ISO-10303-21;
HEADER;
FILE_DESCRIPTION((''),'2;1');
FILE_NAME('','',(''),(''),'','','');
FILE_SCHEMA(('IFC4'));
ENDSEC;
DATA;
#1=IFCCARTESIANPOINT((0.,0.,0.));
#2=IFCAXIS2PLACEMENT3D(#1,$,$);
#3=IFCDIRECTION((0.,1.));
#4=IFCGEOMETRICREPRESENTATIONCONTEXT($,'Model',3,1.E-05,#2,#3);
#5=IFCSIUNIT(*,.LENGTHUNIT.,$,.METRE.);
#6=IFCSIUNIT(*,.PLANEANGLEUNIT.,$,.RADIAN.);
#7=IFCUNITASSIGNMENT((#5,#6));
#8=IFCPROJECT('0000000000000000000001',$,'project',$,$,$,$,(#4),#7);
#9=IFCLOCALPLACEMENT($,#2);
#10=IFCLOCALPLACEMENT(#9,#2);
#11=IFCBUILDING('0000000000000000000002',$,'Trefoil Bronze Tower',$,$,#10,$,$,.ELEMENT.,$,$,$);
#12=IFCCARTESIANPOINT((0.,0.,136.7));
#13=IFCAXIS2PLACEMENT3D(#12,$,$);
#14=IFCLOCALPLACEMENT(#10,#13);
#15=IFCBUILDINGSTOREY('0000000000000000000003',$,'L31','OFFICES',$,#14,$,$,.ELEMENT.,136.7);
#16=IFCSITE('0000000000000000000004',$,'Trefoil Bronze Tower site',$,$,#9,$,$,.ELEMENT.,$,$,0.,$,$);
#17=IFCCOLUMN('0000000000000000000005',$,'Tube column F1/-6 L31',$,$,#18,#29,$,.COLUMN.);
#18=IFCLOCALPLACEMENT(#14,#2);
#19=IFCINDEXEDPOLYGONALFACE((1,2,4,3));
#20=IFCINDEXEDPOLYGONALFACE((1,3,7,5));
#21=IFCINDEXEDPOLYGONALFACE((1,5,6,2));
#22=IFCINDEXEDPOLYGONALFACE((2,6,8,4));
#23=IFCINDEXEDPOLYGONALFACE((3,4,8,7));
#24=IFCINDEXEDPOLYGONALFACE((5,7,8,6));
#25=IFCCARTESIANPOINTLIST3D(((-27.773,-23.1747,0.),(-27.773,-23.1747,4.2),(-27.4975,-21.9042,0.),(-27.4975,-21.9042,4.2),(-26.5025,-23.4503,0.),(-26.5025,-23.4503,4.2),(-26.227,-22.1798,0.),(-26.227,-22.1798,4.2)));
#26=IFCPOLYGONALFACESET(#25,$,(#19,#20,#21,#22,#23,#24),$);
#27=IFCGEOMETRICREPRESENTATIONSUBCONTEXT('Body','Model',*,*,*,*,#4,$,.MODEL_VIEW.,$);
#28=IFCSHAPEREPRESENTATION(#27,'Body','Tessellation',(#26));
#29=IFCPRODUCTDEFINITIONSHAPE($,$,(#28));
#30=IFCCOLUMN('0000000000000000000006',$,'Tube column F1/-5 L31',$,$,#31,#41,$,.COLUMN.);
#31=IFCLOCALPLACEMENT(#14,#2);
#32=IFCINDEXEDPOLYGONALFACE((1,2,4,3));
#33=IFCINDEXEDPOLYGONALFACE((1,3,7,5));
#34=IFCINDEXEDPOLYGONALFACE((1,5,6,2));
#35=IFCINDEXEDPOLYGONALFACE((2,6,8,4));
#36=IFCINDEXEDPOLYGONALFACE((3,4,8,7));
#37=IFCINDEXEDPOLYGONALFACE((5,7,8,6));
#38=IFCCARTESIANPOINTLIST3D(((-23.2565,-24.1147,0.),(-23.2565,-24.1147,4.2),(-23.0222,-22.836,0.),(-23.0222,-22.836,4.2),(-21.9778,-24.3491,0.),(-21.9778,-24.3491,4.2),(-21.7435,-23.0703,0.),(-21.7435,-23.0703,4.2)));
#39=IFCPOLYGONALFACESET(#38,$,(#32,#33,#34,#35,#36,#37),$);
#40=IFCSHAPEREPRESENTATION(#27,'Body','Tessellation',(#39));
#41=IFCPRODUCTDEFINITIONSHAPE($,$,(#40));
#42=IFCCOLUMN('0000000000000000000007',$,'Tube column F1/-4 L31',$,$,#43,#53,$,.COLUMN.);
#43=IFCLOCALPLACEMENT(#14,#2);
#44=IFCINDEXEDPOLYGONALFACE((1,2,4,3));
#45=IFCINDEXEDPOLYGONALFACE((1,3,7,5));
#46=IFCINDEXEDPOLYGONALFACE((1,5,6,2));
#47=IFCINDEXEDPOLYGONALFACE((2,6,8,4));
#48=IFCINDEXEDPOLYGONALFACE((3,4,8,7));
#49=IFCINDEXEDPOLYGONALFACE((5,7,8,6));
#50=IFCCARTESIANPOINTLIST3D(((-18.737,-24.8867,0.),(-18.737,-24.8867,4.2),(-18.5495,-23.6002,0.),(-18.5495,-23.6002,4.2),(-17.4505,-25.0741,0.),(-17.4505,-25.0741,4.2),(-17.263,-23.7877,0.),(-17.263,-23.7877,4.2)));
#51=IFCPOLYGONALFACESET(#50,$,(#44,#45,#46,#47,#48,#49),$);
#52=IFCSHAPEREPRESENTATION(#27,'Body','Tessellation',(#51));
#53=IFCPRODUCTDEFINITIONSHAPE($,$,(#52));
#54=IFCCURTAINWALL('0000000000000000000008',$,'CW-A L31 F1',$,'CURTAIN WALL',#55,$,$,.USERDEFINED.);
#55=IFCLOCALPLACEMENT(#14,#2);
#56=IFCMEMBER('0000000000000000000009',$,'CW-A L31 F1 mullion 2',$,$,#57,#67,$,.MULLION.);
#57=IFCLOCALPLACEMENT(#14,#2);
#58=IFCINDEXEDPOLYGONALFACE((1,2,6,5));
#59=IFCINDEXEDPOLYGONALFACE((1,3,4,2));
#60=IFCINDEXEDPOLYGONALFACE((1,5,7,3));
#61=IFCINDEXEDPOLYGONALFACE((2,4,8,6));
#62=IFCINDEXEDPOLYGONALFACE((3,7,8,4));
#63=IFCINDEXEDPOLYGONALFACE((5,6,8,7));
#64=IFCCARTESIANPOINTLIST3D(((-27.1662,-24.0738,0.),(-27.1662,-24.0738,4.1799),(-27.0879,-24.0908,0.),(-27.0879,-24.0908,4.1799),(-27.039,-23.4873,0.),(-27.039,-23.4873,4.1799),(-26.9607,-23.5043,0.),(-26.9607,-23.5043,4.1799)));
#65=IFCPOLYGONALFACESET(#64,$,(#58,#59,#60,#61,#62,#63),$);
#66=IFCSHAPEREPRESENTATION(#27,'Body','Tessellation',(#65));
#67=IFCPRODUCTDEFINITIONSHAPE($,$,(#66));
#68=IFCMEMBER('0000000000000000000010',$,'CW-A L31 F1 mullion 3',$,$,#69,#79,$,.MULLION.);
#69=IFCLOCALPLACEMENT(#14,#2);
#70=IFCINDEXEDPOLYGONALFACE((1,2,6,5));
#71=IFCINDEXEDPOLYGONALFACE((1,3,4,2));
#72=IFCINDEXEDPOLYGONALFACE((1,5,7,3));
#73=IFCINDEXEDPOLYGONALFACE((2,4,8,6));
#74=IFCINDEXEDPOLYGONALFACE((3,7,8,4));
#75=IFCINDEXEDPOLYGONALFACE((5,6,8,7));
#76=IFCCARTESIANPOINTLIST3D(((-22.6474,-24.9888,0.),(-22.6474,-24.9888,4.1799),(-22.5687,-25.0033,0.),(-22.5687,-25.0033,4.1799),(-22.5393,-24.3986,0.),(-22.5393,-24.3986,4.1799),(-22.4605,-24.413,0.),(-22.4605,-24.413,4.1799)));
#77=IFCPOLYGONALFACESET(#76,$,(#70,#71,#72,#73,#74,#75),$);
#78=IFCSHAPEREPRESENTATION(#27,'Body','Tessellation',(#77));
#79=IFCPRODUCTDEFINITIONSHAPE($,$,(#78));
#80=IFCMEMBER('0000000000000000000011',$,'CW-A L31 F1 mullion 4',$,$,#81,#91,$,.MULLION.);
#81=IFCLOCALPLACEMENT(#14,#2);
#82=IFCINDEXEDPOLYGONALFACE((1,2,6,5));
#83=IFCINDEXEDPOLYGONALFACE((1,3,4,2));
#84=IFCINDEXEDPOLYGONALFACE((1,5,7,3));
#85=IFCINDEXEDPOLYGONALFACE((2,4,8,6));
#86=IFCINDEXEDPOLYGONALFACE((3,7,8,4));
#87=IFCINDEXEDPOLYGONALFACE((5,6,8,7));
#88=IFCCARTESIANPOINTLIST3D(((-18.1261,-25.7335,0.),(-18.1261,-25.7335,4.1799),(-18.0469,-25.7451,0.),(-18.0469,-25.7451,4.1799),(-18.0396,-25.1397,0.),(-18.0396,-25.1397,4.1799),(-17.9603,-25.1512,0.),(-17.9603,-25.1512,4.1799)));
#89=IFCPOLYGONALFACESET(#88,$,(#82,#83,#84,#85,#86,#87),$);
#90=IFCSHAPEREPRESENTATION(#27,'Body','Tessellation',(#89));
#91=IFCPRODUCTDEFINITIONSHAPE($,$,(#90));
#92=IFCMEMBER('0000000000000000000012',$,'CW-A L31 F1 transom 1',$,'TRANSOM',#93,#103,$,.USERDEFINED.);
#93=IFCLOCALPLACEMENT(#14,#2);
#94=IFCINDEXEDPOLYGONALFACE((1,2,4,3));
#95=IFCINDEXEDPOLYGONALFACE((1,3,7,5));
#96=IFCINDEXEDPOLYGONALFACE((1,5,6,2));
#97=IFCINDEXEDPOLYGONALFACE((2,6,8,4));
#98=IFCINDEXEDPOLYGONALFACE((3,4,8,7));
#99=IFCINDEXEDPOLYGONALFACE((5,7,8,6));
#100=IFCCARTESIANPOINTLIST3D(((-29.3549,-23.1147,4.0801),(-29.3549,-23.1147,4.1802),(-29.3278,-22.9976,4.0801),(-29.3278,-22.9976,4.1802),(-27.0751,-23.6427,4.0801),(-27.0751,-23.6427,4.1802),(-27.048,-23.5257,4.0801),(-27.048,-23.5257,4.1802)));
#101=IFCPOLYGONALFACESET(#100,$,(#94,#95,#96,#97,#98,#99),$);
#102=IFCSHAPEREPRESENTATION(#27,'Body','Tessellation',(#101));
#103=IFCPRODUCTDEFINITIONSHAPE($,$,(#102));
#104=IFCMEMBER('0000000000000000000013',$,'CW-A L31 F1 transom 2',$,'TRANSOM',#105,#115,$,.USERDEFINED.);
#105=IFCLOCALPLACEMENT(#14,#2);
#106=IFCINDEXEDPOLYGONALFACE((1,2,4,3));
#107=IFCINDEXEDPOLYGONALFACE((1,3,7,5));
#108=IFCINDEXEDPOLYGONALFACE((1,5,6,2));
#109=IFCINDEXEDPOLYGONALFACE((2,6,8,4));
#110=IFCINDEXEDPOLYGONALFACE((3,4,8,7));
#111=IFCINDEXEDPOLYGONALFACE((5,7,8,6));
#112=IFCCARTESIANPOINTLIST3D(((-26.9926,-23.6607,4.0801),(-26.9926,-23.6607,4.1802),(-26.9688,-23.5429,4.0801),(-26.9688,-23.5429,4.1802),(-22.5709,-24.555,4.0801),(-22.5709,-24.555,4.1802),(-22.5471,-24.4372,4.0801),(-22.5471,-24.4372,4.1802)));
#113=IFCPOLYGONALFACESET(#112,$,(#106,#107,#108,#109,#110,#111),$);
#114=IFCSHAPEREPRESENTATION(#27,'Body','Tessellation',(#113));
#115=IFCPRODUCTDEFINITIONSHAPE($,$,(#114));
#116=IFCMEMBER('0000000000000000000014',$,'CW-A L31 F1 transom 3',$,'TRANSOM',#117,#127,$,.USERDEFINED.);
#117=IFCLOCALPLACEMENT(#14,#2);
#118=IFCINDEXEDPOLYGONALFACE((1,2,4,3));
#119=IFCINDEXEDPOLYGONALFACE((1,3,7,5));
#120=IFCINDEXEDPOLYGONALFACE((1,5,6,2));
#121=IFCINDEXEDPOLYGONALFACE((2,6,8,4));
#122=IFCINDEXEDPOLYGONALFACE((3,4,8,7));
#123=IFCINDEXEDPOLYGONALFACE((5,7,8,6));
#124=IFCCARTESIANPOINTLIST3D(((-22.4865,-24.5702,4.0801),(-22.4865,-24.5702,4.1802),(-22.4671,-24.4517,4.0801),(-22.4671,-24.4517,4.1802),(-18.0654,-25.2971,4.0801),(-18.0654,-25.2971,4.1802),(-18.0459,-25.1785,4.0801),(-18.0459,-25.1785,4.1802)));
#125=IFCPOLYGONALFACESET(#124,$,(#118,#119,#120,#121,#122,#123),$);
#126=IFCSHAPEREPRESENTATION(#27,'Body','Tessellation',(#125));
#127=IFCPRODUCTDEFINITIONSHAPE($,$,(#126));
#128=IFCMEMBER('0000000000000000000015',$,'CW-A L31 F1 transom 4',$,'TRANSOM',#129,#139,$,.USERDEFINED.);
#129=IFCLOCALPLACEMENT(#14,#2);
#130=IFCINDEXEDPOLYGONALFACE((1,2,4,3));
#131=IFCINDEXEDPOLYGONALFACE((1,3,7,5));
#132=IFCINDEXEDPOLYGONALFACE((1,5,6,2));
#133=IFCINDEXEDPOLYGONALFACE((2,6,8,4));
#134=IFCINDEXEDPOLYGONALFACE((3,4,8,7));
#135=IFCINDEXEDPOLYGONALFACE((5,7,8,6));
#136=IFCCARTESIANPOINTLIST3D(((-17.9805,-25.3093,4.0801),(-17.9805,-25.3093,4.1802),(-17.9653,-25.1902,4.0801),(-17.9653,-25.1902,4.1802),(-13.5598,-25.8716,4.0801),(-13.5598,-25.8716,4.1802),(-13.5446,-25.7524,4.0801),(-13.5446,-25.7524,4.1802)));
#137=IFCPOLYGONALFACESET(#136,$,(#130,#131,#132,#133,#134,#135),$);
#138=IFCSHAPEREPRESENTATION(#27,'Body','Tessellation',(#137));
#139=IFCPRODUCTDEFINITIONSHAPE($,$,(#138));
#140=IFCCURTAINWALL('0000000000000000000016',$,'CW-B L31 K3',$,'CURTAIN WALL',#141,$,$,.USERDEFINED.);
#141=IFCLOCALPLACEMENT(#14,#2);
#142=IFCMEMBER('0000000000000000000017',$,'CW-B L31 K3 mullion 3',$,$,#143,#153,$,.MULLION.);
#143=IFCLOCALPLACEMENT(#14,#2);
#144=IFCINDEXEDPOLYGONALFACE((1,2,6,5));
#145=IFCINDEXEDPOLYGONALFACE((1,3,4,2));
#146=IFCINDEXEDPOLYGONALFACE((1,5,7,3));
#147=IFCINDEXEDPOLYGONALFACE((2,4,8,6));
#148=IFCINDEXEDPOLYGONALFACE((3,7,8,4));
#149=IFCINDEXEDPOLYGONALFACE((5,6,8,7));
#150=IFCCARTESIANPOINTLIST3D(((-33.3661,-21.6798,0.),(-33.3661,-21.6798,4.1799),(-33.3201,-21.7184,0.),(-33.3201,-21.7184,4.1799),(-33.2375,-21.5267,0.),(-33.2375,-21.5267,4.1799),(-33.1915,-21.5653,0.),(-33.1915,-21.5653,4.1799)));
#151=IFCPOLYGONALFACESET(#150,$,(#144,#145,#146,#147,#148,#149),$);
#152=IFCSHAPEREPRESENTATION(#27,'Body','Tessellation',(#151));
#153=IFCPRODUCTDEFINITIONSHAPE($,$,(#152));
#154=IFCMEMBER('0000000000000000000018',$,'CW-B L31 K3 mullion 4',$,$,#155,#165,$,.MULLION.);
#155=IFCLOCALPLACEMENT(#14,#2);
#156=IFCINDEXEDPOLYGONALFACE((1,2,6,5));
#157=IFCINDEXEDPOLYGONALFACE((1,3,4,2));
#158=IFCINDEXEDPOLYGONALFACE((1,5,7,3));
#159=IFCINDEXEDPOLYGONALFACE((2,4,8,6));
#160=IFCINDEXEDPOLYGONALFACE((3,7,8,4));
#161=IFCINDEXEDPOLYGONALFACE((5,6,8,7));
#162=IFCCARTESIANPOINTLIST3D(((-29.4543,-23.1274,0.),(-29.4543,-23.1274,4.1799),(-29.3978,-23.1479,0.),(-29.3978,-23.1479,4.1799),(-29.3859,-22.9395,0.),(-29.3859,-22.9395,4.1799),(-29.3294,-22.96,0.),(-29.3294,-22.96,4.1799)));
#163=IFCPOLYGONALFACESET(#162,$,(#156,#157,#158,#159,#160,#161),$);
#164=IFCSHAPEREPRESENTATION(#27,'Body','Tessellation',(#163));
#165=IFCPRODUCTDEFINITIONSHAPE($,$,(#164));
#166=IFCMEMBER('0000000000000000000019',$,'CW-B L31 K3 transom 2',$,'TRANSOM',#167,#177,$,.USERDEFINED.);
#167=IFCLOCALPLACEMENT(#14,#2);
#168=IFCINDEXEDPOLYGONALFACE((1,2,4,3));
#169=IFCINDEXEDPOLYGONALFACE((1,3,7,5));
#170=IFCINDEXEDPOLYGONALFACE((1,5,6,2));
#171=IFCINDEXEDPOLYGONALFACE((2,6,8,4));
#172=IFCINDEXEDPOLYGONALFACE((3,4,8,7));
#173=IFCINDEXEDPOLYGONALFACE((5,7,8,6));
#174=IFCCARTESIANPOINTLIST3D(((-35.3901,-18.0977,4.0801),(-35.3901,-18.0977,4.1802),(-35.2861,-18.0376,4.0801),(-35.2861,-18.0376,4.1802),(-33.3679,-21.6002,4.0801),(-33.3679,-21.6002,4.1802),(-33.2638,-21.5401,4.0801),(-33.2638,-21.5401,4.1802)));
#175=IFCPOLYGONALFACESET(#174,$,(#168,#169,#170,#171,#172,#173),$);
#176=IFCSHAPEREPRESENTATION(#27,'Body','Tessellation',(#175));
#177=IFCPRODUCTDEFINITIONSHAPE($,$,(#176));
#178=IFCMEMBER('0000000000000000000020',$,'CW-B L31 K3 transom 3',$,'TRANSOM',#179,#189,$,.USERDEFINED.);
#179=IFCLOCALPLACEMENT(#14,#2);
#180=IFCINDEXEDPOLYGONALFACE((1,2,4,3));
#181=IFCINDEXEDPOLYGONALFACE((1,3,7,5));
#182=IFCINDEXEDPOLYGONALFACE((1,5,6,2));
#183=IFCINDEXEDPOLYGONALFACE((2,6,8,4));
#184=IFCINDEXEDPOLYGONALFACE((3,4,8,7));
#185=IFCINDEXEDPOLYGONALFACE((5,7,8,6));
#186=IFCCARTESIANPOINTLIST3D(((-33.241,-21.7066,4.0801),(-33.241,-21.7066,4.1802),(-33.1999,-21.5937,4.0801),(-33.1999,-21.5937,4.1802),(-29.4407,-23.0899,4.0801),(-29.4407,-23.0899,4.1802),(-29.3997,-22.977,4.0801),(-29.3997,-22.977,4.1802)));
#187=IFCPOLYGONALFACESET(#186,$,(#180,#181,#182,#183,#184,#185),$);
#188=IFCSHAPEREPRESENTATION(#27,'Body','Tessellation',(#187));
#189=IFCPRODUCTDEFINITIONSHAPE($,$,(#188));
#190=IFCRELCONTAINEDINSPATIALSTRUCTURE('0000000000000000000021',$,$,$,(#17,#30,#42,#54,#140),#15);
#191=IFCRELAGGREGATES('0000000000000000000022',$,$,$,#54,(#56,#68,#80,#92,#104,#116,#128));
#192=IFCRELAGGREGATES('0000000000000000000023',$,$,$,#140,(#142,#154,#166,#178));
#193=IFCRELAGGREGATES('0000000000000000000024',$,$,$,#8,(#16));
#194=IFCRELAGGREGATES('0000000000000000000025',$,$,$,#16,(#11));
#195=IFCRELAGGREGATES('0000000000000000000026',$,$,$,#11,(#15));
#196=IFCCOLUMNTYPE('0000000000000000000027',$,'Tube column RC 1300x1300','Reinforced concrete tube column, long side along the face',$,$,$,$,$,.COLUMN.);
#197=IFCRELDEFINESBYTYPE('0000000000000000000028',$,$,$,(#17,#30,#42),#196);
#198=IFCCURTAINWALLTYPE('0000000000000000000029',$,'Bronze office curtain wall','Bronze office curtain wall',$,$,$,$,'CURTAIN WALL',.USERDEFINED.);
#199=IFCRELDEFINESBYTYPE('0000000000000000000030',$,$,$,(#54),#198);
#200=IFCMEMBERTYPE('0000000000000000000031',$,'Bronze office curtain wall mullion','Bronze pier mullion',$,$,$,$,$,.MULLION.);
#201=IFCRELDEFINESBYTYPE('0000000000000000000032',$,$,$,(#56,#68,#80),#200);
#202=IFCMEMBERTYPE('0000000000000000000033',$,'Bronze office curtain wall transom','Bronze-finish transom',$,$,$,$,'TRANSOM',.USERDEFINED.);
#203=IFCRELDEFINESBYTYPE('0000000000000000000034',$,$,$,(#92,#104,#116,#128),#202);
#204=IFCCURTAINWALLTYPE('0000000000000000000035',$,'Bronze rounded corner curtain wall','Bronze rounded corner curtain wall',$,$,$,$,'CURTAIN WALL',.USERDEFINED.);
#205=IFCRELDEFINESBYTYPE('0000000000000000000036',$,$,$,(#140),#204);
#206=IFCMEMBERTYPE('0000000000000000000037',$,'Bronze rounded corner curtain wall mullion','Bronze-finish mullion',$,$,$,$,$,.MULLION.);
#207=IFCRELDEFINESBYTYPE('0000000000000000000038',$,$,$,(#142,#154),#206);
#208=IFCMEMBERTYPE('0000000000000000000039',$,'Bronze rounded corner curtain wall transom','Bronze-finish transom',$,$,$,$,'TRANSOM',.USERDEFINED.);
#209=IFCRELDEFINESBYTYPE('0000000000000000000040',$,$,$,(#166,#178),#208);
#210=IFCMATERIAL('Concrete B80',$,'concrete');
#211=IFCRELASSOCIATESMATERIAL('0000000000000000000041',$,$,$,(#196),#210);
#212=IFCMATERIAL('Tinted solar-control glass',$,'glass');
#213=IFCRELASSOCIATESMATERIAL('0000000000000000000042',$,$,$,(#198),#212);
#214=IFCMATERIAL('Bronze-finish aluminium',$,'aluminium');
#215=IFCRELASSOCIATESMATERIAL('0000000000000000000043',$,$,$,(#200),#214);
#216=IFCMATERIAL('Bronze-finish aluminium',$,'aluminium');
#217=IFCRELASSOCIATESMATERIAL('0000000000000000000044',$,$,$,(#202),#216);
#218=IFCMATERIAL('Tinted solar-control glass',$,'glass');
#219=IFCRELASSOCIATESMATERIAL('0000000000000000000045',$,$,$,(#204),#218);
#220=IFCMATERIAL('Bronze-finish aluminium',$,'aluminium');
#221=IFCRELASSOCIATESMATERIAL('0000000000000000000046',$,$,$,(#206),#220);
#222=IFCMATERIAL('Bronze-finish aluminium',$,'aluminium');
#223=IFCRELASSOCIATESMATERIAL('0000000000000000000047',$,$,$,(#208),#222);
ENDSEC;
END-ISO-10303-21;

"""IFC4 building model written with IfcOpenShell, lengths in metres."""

from ifc_helpers import new_model, si_unit, direction, frame, origin, origin_2d, place, context, subcontext, project, spatial, rectangle, extrude, material, material_profile, profile_set, type_object, element, aggregate, save


model = new_model("IFC4")

# Units and contexts
model_context = context("Model", 3, precision=1e-05, world=origin(), true_north=direction((0.0, 1.0)))
body_context = subcontext(model_context, "Body", "Model", "MODEL_VIEW")
ifc_project = project(units=[si_unit("LENGTHUNIT", "METRE"), si_unit("PLANEANGLEUNIT", "RADIAN")], contexts=[model_context])

# Site, building, storey
site_placement = place(None, origin())
site = spatial("IfcSite", under=ifc_project, at=site_placement, Name="Trefoil Bronze Tower site", CompositionType="ELEMENT", RefElevation=0.0)
building_placement = place(site_placement, origin())
building = spatial("IfcBuilding", under=site, at=building_placement, Name="Trefoil Bronze Tower", CompositionType="ELEMENT")
storey_placement = place(building_placement, frame((0.0, 0.0, 136.7)))
storey = spatial("IfcBuildingStorey", under=building, at=storey_placement, Name="L31", Description="OFFICES", CompositionType="ELEMENT", Elevation=136.7)

# Columns
ifc_material_1 = material(Name="Concrete B80", Category="concrete")
ifc_material_profile_1 = material_profile(ifc_material_1, rectangle(XDim=1.3, YDim=1.3, at=origin_2d()), Name="RC 1300x1300")
ifc_profile_set_1 = profile_set([ifc_material_profile_1], Name="Concrete B80")
column_type = type_object("IfcColumnType", Name="Tube column RC 1300x1300", Description="Reinforced concrete tube column, long side along the face", PredefinedType="COLUMN", material=ifc_profile_set_1)
for number, where, z_axis, x_axis, name in (
    (1, (-27.0, -22.6772, 0.0), (0.0, 0.0, 1.0), (0.977276, -0.21197, 0.0), "Tube column F1/-6 L31"),
    (2, (-22.5, -23.5925, 0.0), (0.0, 0.0, 1.0), (0.983623, -0.180241, 0.0), "Tube column F1/-5 L31"),
    (3, (-18.0, -24.3372, 0.0), (0.0, 0.0, 1.0), (0.98955, -0.144192, 0.0), "Tube column F1/-4 L31"),
):
    element("IfcColumn", number, at=place(storey_placement, frame(where, z_axis=z_axis, x_axis=x_axis)), inside=storey, type_object=column_type, Name=name, PredefinedType="COLUMN", context=body_context, shape_type="SweptSolid", body=[
        extrude(rectangle(XDim=1.3, YDim=1.3, at=origin_2d()), origin(), (0.0, 0.0, 1.0), 4.2),
    ])

# Curtain walls, members
ifc_material_2 = material(Name="Tinted solar-control glass", Category="glass")
curtain_wall_type_1 = type_object("IfcCurtainWallType", Name="Bronze office curtain wall", Description="Bronze office curtain wall", ElementType="CURTAIN WALL", PredefinedType="USERDEFINED", material=ifc_material_2)
curtain_wall_1_placement = place(storey_placement, origin())
curtain_wall_1 = element("IfcCurtainWall", 4, at=curtain_wall_1_placement, inside=storey, type_object=curtain_wall_type_1, Name="CW-A L31 F1", ObjectType="CURTAIN WALL", PredefinedType="USERDEFINED")
ifc_material_3 = material(Name="Bronze-finish aluminium", Category="aluminium")
ifc_material_profile_2 = material_profile(ifc_material_3, rectangle(XDim=0.6001, YDim=0.0801, at=origin_2d()), Name="CW-A mullion")
ifc_profile_set_2 = profile_set([ifc_material_profile_2], Name="Bronze-finish aluminium")
member_type_1 = type_object("IfcMemberType", Name="Bronze office curtain wall mullion", Description="Bronze pier mullion", PredefinedType="MULLION", material=ifc_profile_set_2)
member_1_placement = place(storey_placement, frame((-27.0635, -23.7891, 0.0), z_axis=(0.0, 0.0, 1.0), x_axis=(0.21197, 0.977276, 0.0)))
member_1 = element("IfcMember", 5, at=member_1_placement, type_object=member_type_1, Name="CW-A L31 F1 mullion 2", PredefinedType="MULLION", context=body_context, shape_type="SweptSolid", body=[
    extrude(rectangle(XDim=0.6001, YDim=0.0801, at=origin_2d()), origin(), (0.0, 0.0, 1.0), 4.1799),
])
member_2_placement = place(storey_placement, frame((-22.554, -24.7009, 0.0), z_axis=(0.0, 0.0, 1.0), x_axis=(0.180241, 0.983623, 0.0)))
member_2 = element("IfcMember", 6, at=member_2_placement, type_object=member_type_1, Name="CW-A L31 F1 mullion 3", PredefinedType="MULLION", context=body_context, shape_type="SweptSolid", body=[
    extrude(rectangle(XDim=0.6001, YDim=0.0801, at=origin_2d()), origin(), (0.0, 0.0, 1.0), 4.1799),
])
member_3_placement = place(storey_placement, frame((-18.0432, -25.4424, 0.0), z_axis=(0.0, 0.0, 1.0), x_axis=(0.144192, 0.98955, 0.0)))
member_3 = element("IfcMember", 7, at=member_3_placement, type_object=member_type_1, Name="CW-A L31 F1 mullion 4", PredefinedType="MULLION", context=body_context, shape_type="SweptSolid", body=[
    extrude(rectangle(XDim=0.6001, YDim=0.0801, at=origin_2d()), origin(), (0.0, 0.0, 1.0), 4.1799),
])
ifc_material_4 = material(Name="Bronze-finish aluminium", Category="aluminium")
ifc_material_profile_3 = material_profile(ifc_material_4, rectangle(XDim=0.1201, YDim=0.1001, at=origin_2d()), Name="CW-A transom")
ifc_profile_set_3 = profile_set([ifc_material_profile_3], Name="Bronze-finish aluminium")
member_type_2 = type_object("IfcMemberType", Name="Bronze office curtain wall transom", Description="Bronze-finish transom", ElementType="TRANSOM", PredefinedType="USERDEFINED", material=ifc_profile_set_3)
member_4_placement = place(storey_placement, frame((-29.3413, -23.0562, 4.1301), z_axis=(0.974206, -0.225659, 0.0), x_axis=(0.225659, 0.974206, 0.0)))
member_4 = element("IfcMember", 8, at=member_4_placement, type_object=member_type_2, Name="CW-A L31 F1 transom 1", ObjectType="TRANSOM", PredefinedType="USERDEFINED", context=body_context, shape_type="SweptSolid", body=[
    extrude(rectangle(XDim=0.1201, YDim=0.1001, at=origin_2d()), origin(), (0.0, 0.0, 1.0), 2.3401),
])
member_5_placement = place(storey_placement, frame((-26.9807, -23.6018, 4.1301), z_axis=(0.980154, -0.198239, 0.0), x_axis=(0.198239, 0.980154, 0.0)))
member_5 = element("IfcMember", 9, at=member_5_placement, type_object=member_type_2, Name="CW-A L31 F1 transom 2", ObjectType="TRANSOM", PredefinedType="USERDEFINED", context=body_context, shape_type="SweptSolid", body=[
    extrude(rectangle(XDim=0.1201, YDim=0.1001, at=origin_2d()), origin(), (0.0, 0.0, 1.0), 4.5112),
])
member_6_placement = place(storey_placement, frame((-22.4768, -24.511, 4.1301), z_axis=(0.986755, -0.162216, 0.0), x_axis=(0.162216, 0.986755, 0.0)))
member_6 = element("IfcMember", 10, at=member_6_placement, type_object=member_type_2, Name="CW-A L31 F1 transom 3", ObjectType="TRANSOM", PredefinedType="USERDEFINED", context=body_context, shape_type="SweptSolid", body=[
    extrude(rectangle(XDim=0.1201, YDim=0.1001, at=origin_2d()), origin(), (0.0, 0.0, 1.0), 4.4805),
])
member_7_placement = place(storey_placement, frame((-17.9729, -25.2498, 4.1301), z_axis=(0.992008, -0.126172, 0.0), x_axis=(0.126172, 0.992008, 0.0)))
member_7 = element("IfcMember", 11, at=member_7_placement, type_object=member_type_2, Name="CW-A L31 F1 transom 4", ObjectType="TRANSOM", PredefinedType="USERDEFINED", context=body_context, shape_type="SweptSolid", body=[
    extrude(rectangle(XDim=0.1201, YDim=0.1001, at=origin_2d()), origin(), (0.0, 0.0, 1.0), 4.4563),
])
ifc_material_5 = material(Name="Tinted solar-control glass", Category="glass")
curtain_wall_type_2 = type_object("IfcCurtainWallType", Name="Bronze rounded corner curtain wall", Description="Bronze rounded corner curtain wall", ElementType="CURTAIN WALL", PredefinedType="USERDEFINED", material=ifc_material_5)
curtain_wall_2_placement = place(storey_placement, origin())
curtain_wall_2 = element("IfcCurtainWall", 12, at=curtain_wall_2_placement, inside=storey, type_object=curtain_wall_type_2, Name="CW-B L31 K3", ObjectType="CURTAIN WALL", PredefinedType="USERDEFINED")
ifc_material_6 = material(Name="Bronze-finish aluminium", Category="aluminium")
ifc_material_profile_4 = material_profile(ifc_material_6, rectangle(XDim=0.2, YDim=0.0601, at=origin_2d()), Name="CW-B mullion")
ifc_profile_set_4 = profile_set([ifc_material_profile_4], Name="Bronze-finish aluminium")
member_type_3 = type_object("IfcMemberType", Name="Bronze rounded corner curtain wall mullion", Description="Bronze-finish mullion", PredefinedType="MULLION", material=ifc_profile_set_4)
member_8_placement = place(storey_placement, frame((-33.2788, -21.6226, 0.0), z_axis=(0.0, 0.0, 1.0), x_axis=(0.642788, 0.766044, 0.0)))
member_8 = element("IfcMember", 13, at=member_8_placement, type_object=member_type_3, Name="CW-B L31 K3 mullion 3", PredefinedType="MULLION", context=body_context, shape_type="SweptSolid", body=[
    extrude(rectangle(XDim=0.2, YDim=0.0601, at=origin_2d()), origin(), (0.0, 0.0, 1.0), 4.1799),
])
member_9_placement = place(storey_placement, frame((-29.3918, -23.0437, 0.0), z_axis=(0.0, 0.0, 1.0), x_axis=(0.34202, 0.939693, 0.0)))
member_9 = element("IfcMember", 14, at=member_9_placement, type_object=member_type_3, Name="CW-B L31 K3 mullion 4", PredefinedType="MULLION", context=body_context, shape_type="SweptSolid", body=[
    extrude(rectangle(XDim=0.2, YDim=0.0601, at=origin_2d()), origin(), (0.0, 0.0, 1.0), 4.1799),
])
ifc_material_7 = material(Name="Bronze-finish aluminium", Category="aluminium")
ifc_material_profile_5 = material_profile(ifc_material_7, rectangle(XDim=0.1201, YDim=0.1001, at=origin_2d()), Name="CW-B transom")
ifc_profile_set_5 = profile_set([ifc_material_profile_5], Name="Bronze-finish aluminium")
member_type_4 = type_object("IfcMemberType", Name="Bronze rounded corner curtain wall transom", Description="Bronze-finish transom", ElementType="TRANSOM", PredefinedType="USERDEFINED", material=ifc_profile_set_5)
member_10_placement = place(storey_placement, frame((-35.3381, -18.0676, 4.1301), z_axis=(0.500015, -0.866017, 0.0), x_axis=(0.866017, 0.500015, 0.0)))
member_10 = element("IfcMember", 15, at=member_10_placement, type_object=member_type_4, Name="CW-B L31 K3 transom 2", ObjectType="TRANSOM", PredefinedType="USERDEFINED", context=body_context, shape_type="SweptSolid", body=[
    extrude(rectangle(XDim=0.1201, YDim=0.1001, at=origin_2d()), origin(), (0.0, 0.0, 1.0), 4.0444),
])
member_11_placement = place(storey_placement, frame((-33.2205, -21.6501, 4.1301), z_axis=(0.939684, -0.342044, 0.0), x_axis=(0.342044, 0.939684, 0.0)))
member_11 = element("IfcMember", 16, at=member_11_placement, type_object=member_type_4, Name="CW-B L31 K3 transom 3", ObjectType="TRANSOM", PredefinedType="USERDEFINED", context=body_context, shape_type="SweptSolid", body=[
    extrude(rectangle(XDim=0.1201, YDim=0.1001, at=origin_2d()), origin(), (0.0, 0.0, 1.0), 4.0442),
])

aggregate(curtain_wall_1, [member_1, member_2, member_3, member_4, member_5, member_6, member_7])
aggregate(curtain_wall_2, [member_8, member_9, member_10, member_11])

save(model, "model.ifc")
